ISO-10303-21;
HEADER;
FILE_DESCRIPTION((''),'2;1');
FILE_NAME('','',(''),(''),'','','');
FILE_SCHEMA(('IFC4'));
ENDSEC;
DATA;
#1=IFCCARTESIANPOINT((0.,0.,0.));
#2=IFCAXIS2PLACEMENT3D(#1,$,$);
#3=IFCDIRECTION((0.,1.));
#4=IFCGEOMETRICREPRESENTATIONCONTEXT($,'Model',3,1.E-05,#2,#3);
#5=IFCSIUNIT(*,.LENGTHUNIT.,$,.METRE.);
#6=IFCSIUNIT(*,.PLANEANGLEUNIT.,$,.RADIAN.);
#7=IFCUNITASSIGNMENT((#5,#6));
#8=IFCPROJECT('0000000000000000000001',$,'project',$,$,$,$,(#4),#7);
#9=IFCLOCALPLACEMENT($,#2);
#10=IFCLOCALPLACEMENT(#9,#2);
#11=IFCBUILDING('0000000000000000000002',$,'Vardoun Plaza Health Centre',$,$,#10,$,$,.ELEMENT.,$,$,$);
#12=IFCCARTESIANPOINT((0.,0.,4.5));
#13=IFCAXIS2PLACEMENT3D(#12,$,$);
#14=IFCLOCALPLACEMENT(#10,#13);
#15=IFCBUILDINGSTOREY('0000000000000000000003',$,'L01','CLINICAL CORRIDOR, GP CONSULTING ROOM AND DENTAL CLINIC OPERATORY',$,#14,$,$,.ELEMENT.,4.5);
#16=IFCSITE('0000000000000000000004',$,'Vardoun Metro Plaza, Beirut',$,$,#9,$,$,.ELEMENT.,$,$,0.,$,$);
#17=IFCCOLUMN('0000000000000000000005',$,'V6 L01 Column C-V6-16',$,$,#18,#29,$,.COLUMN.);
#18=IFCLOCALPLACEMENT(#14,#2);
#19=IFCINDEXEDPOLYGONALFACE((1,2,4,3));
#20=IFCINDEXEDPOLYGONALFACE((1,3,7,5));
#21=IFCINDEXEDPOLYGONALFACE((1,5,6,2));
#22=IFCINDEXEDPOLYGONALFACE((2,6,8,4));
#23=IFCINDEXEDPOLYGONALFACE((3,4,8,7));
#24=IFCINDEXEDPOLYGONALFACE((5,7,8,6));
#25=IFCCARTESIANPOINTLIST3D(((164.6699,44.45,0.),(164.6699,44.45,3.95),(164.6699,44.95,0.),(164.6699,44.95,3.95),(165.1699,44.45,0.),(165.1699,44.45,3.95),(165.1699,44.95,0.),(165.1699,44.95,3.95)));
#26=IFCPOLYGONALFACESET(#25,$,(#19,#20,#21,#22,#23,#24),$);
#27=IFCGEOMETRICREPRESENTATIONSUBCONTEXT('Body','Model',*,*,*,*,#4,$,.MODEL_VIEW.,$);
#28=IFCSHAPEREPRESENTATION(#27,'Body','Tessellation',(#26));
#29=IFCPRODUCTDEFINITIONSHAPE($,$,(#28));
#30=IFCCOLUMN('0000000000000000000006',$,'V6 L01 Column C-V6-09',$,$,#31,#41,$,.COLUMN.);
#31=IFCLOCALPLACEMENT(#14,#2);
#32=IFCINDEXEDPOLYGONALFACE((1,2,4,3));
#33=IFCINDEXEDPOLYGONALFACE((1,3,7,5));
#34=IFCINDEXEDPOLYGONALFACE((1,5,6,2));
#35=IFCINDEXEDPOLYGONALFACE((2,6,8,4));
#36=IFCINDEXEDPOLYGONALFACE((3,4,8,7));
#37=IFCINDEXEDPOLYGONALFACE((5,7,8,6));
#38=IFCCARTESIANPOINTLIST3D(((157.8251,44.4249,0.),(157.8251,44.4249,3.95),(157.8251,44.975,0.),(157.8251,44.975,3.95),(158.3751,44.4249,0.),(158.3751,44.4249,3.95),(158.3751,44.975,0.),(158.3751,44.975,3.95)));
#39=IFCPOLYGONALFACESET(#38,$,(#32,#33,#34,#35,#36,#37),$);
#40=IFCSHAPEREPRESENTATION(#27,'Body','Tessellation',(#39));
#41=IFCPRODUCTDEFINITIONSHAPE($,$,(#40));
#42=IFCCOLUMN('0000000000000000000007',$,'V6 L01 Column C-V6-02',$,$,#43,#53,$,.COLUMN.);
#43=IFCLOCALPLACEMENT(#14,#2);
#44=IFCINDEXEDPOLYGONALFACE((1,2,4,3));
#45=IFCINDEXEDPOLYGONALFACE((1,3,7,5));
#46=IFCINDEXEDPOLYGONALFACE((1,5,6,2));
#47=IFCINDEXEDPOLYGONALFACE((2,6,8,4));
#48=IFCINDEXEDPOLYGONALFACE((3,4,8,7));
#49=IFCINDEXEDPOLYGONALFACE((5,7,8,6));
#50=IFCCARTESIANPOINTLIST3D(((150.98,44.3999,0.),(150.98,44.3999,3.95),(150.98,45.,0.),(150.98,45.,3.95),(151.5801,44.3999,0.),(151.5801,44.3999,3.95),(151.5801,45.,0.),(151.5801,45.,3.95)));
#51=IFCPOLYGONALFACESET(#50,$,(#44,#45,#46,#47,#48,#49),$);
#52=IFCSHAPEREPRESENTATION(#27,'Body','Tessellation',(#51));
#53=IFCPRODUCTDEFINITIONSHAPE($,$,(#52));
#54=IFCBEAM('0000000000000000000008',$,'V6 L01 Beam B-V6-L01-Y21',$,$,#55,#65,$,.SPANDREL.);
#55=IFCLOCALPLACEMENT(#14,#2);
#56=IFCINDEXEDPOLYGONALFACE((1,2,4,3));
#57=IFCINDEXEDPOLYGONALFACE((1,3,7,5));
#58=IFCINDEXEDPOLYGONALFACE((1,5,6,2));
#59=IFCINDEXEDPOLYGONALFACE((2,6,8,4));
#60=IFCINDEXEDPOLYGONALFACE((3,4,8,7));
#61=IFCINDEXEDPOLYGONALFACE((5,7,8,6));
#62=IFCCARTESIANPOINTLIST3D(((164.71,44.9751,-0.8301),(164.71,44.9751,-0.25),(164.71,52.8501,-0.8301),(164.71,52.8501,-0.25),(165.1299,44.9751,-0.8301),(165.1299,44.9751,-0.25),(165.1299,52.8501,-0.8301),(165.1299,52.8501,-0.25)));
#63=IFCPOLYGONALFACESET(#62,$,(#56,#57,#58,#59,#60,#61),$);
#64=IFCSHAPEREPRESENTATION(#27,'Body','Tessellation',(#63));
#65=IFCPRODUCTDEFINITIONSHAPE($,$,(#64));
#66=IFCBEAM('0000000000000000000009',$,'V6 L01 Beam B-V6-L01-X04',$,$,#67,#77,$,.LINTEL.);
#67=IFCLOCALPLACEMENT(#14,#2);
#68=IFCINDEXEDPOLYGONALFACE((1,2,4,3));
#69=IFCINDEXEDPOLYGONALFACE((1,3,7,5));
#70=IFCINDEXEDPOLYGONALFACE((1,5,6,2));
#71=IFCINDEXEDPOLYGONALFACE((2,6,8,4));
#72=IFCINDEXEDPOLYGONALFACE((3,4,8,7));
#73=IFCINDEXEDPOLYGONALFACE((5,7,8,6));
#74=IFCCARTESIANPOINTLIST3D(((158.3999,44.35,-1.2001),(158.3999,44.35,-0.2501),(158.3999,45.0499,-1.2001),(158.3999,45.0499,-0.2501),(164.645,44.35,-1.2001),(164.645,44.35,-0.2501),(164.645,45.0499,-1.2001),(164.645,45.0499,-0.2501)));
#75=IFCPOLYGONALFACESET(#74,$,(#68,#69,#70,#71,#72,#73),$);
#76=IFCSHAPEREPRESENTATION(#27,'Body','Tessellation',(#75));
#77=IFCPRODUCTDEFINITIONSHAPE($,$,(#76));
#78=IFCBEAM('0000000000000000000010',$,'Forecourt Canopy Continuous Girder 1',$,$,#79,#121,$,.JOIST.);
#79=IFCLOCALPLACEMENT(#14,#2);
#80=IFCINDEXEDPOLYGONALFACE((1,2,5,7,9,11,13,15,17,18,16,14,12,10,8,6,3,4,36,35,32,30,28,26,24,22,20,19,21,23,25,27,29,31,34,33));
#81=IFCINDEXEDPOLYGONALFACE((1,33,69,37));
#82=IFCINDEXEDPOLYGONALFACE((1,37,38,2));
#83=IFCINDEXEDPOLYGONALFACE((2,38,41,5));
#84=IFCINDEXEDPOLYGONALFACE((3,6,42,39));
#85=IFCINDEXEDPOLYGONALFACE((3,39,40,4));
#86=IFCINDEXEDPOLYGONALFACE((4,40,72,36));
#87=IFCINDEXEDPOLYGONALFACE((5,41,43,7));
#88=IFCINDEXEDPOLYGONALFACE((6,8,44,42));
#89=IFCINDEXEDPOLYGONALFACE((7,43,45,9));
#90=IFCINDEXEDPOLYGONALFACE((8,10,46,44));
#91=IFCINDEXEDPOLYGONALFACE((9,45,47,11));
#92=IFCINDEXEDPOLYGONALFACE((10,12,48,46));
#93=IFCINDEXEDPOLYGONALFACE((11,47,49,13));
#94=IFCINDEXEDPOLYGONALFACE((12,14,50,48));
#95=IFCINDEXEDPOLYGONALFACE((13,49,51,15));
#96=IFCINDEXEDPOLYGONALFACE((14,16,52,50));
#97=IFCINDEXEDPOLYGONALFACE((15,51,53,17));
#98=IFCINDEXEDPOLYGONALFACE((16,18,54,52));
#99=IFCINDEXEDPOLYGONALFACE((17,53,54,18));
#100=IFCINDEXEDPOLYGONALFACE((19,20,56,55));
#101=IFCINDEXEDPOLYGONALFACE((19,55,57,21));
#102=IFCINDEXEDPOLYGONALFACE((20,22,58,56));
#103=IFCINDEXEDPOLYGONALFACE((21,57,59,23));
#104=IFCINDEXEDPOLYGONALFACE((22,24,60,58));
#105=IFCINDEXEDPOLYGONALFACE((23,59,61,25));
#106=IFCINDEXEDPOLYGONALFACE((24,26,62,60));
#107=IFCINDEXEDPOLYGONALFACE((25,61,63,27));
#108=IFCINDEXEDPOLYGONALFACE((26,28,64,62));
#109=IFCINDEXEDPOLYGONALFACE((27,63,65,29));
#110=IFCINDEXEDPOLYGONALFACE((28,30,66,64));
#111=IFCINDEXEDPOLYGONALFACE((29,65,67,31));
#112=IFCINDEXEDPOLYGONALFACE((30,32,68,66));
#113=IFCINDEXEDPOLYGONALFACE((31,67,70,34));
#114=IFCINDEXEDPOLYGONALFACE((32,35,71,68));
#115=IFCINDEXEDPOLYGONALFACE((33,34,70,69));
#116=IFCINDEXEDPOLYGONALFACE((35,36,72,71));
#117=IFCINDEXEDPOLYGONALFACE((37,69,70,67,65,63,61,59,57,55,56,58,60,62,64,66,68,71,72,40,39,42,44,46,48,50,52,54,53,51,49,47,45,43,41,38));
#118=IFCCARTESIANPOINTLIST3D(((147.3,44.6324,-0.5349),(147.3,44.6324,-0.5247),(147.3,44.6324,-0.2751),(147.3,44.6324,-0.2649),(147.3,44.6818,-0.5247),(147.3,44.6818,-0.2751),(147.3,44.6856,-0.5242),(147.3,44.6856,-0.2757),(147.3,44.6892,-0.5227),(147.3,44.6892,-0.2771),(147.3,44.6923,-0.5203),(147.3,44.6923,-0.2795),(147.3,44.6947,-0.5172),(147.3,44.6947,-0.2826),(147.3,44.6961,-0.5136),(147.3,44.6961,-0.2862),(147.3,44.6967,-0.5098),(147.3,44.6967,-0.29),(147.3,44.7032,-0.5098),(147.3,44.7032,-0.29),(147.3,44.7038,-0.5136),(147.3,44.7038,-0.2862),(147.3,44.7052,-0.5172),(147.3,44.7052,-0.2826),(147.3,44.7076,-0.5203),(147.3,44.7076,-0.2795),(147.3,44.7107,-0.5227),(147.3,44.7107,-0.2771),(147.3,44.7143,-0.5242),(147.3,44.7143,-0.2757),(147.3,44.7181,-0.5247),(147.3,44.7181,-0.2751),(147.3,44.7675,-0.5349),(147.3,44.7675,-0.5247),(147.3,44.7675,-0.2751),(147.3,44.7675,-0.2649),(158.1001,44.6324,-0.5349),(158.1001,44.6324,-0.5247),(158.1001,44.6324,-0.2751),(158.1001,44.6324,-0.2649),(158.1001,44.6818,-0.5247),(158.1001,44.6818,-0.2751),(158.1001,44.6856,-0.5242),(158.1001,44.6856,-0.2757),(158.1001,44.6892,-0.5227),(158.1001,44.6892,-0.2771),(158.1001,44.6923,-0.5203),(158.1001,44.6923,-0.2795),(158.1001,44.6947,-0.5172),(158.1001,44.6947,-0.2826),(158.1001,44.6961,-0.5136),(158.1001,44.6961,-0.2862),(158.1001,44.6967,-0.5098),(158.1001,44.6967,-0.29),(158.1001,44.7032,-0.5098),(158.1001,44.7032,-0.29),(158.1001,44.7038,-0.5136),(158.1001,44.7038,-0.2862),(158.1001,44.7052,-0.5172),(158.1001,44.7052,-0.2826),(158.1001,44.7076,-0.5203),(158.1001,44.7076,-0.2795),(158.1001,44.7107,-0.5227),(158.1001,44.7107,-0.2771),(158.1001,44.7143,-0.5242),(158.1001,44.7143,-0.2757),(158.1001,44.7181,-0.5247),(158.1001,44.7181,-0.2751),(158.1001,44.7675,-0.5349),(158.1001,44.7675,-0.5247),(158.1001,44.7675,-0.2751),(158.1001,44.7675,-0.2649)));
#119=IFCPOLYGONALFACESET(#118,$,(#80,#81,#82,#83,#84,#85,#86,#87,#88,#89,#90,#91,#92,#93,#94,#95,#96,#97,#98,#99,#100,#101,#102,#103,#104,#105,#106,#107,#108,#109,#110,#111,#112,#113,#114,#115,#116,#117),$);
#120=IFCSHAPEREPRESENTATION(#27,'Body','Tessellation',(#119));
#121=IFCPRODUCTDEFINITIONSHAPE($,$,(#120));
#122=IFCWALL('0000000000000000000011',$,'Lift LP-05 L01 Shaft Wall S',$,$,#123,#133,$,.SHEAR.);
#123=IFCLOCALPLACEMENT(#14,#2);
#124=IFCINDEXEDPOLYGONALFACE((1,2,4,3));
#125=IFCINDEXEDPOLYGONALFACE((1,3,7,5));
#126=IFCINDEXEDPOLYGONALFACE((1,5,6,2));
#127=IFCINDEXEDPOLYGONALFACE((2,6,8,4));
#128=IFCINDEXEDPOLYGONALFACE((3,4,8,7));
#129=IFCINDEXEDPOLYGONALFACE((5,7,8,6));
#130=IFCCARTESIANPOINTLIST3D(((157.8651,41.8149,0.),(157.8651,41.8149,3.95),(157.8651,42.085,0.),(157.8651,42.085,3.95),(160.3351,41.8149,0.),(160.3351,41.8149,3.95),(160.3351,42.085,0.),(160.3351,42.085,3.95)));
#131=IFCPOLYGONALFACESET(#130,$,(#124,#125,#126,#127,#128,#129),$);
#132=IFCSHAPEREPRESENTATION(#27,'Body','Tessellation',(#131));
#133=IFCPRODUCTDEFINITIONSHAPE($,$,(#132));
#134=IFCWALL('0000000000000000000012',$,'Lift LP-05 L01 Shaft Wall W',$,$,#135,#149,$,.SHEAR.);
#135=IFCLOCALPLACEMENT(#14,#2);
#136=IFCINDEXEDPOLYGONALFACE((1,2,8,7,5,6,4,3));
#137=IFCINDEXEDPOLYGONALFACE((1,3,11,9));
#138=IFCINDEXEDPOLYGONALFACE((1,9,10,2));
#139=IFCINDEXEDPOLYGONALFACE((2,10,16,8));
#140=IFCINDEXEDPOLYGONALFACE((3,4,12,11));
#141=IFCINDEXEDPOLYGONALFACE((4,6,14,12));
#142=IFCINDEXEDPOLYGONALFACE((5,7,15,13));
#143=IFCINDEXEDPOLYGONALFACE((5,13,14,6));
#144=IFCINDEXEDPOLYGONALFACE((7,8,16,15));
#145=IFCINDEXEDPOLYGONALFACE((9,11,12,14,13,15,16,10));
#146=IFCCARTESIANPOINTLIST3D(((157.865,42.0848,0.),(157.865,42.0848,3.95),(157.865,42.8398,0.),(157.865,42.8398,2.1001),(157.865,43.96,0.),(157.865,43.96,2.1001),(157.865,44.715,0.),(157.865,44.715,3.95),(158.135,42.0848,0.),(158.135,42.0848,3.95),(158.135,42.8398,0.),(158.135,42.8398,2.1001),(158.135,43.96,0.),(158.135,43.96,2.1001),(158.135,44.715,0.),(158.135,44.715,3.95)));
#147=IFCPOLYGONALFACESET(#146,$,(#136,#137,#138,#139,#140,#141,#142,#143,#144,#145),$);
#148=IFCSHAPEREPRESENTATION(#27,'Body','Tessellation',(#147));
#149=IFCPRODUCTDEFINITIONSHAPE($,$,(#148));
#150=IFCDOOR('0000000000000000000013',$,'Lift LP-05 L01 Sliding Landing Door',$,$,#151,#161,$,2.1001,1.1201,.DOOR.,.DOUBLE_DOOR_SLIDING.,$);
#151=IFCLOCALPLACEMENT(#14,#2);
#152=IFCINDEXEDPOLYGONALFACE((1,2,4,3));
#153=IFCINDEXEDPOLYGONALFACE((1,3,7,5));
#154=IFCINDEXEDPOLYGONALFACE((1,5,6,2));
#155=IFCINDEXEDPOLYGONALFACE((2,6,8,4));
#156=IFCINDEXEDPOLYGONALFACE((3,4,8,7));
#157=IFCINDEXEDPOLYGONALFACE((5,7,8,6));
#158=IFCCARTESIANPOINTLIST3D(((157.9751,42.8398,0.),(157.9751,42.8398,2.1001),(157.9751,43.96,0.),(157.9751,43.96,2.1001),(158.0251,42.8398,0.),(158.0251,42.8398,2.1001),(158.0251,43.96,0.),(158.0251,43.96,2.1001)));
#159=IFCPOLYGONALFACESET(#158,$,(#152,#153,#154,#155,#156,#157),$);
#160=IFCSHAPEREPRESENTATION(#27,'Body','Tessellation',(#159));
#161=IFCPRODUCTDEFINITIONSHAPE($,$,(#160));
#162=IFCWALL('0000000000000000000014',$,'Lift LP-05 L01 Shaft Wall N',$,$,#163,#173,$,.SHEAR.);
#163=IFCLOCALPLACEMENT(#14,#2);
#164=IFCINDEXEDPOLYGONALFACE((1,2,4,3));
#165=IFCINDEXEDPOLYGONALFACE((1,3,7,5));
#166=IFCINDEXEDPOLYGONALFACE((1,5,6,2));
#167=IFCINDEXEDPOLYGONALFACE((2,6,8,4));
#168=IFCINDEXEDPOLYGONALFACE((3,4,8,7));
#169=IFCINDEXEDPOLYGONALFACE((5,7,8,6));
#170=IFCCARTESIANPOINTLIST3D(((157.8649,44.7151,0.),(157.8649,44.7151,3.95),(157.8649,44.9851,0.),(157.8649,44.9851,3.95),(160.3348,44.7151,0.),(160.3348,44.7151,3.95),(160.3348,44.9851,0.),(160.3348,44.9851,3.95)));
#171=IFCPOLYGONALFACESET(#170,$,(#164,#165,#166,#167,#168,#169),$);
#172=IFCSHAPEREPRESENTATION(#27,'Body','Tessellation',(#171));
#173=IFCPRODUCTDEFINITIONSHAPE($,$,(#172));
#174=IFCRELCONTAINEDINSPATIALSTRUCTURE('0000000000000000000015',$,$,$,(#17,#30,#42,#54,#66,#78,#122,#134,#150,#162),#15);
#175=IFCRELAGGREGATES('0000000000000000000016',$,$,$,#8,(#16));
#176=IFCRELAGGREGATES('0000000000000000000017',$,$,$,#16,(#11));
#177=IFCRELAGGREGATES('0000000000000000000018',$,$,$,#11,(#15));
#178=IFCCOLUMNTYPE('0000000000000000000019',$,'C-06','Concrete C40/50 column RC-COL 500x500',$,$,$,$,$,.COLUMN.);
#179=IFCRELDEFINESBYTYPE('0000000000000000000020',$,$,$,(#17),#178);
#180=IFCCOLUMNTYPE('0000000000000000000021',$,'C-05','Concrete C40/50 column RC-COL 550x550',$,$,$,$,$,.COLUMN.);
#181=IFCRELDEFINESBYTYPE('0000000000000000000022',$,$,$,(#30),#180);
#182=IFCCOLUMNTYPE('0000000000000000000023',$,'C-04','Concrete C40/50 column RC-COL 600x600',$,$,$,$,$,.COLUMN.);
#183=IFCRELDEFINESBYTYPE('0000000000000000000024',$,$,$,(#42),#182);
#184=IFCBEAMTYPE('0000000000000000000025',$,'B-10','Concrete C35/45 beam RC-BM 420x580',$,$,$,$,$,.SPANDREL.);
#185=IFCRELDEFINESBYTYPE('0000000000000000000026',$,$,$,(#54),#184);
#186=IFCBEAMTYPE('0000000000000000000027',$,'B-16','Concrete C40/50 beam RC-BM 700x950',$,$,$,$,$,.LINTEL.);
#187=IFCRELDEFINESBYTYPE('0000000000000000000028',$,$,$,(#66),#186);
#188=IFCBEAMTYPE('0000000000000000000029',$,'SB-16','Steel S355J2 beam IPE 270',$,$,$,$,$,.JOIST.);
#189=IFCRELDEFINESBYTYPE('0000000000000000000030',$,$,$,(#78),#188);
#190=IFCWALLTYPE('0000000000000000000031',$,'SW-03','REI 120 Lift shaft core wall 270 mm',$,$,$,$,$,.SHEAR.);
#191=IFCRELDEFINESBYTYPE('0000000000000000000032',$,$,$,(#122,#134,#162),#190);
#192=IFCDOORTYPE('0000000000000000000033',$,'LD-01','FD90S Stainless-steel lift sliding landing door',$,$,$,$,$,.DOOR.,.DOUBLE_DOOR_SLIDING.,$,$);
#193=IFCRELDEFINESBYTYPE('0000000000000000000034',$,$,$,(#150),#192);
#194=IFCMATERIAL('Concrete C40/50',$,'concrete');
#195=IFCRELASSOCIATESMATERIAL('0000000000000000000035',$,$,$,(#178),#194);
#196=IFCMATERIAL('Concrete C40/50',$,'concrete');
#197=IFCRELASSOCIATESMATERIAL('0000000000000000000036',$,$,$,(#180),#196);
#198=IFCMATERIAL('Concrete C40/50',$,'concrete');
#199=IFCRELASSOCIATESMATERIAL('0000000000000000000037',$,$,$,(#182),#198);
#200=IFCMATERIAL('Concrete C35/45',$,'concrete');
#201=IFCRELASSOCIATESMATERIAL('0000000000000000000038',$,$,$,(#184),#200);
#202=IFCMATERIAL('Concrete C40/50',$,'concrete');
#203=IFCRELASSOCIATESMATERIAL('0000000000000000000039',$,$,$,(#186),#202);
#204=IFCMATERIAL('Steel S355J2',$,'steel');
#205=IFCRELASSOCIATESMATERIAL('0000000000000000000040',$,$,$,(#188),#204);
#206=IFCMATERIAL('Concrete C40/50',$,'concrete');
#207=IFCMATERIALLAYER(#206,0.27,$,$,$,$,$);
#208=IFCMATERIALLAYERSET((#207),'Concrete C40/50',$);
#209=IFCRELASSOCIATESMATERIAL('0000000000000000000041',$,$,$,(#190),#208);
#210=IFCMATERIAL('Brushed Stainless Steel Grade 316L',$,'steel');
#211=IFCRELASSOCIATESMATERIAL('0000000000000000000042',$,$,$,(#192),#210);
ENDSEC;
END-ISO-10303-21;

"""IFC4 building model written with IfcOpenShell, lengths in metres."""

from ifc_helpers import new_model, si_unit, direction, frame, frame_2d, origin, origin_2d, place, context, subcontext, project, spatial, rectangle, i_section, extrude, material, layer, layer_set, material_profile, profile_set, type_object, element, fill, save


model = new_model("IFC4")

# Units and contexts
model_context = context("Model", 3, precision=1e-05, world=origin(), true_north=direction((0.0, 1.0)))
body_context = subcontext(model_context, "Body", "Model", "MODEL_VIEW")
ifc_project = project(units=[si_unit("LENGTHUNIT", "METRE"), si_unit("PLANEANGLEUNIT", "RADIAN")], contexts=[model_context])

# Site, building, storey
site_placement = place(None, origin())
site = spatial("IfcSite", under=ifc_project, at=site_placement, Name="Vardoun Metro Plaza, Beirut", CompositionType="ELEMENT", RefElevation=0.0)
building_placement = place(site_placement, origin())
building = spatial("IfcBuilding", under=site, at=building_placement, Name="Vardoun Plaza Health Centre", CompositionType="ELEMENT")
storey_placement = place(building_placement, frame((0.0, 0.0, 4.5)))
storey = spatial("IfcBuildingStorey", under=building, at=storey_placement, Name="L01", Description="CLINICAL CORRIDOR, GP CONSULTING ROOM AND DENTAL CLINIC OPERATORY", CompositionType="ELEMENT", Elevation=4.5)

# Columns
ifc_material_1 = material(Name="Concrete C40/50", Category="concrete")
ifc_material_profile_1 = material_profile(ifc_material_1, rectangle(XDim=0.5, YDim=0.5, at=origin_2d()), Name="RC-COL 500x500")
ifc_profile_set_1 = profile_set([ifc_material_profile_1], Name="Concrete C40/50")
column_type_1 = type_object("IfcColumnType", Name="C-06", Description="Concrete C40/50 column RC-COL 500x500", PredefinedType="COLUMN", material=ifc_profile_set_1)
column_1_placement = place(storey_placement, frame((164.9199, 44.7, 0.0), z_axis=(0.0, 0.0, 1.0), x_axis=(1.0, 0.0, 0.0)))
element("IfcColumn", 1, at=column_1_placement, inside=storey, type_object=column_type_1, Name="V6 L01 Column C-V6-16", PredefinedType="COLUMN", context=body_context, shape_type="SweptSolid", body=[
    extrude(rectangle(XDim=0.5, YDim=0.5, at=origin_2d()), origin(), (0.0, 0.0, 1.0), 3.95),
])
ifc_material_2 = material(Name="Concrete C40/50", Category="concrete")
ifc_material_profile_2 = material_profile(ifc_material_2, rectangle(XDim=0.55, YDim=0.55, at=origin_2d()), Name="RC-COL 550x550")
ifc_profile_set_2 = profile_set([ifc_material_profile_2], Name="Concrete C40/50")
column_type_2 = type_object("IfcColumnType", Name="C-05", Description="Concrete C40/50 column RC-COL 550x550", PredefinedType="COLUMN", material=ifc_profile_set_2)
column_2_placement = place(storey_placement, frame((158.1001, 44.7, 0.0), z_axis=(0.0, 0.0, 1.0), x_axis=(1.0, 0.0, 0.0)))
element("IfcColumn", 2, at=column_2_placement, inside=storey, type_object=column_type_2, Name="V6 L01 Column C-V6-09", PredefinedType="COLUMN", context=body_context, shape_type="SweptSolid", body=[
    extrude(rectangle(XDim=0.55, YDim=0.55, at=origin_2d()), origin(), (0.0, 0.0, 1.0), 3.95),
])
ifc_material_3 = material(Name="Concrete C40/50", Category="concrete")
ifc_material_profile_3 = material_profile(ifc_material_3, rectangle(XDim=0.6001, YDim=0.6001, at=origin_2d()), Name="RC-COL 600x600")
ifc_profile_set_3 = profile_set([ifc_material_profile_3], Name="Concrete C40/50")
column_type_3 = type_object("IfcColumnType", Name="C-04", Description="Concrete C40/50 column RC-COL 600x600", PredefinedType="COLUMN", material=ifc_profile_set_3)
column_3_placement = place(storey_placement, frame((151.28, 44.7, 0.0), z_axis=(0.0, 0.0, 1.0), x_axis=(1.0, 0.0, 0.0)))
element("IfcColumn", 3, at=column_3_placement, inside=storey, type_object=column_type_3, Name="V6 L01 Column C-V6-02", PredefinedType="COLUMN", context=body_context, shape_type="SweptSolid", body=[
    extrude(rectangle(XDim=0.6001, YDim=0.6001, at=origin_2d()), origin(), (0.0, 0.0, 1.0), 3.95),
])

# Beams
ifc_material_4 = material(Name="Concrete C35/45", Category="concrete")
ifc_material_profile_4 = material_profile(ifc_material_4, rectangle(XDim=0.4199, YDim=0.5801, at=origin_2d()), Name="RC-BM 420x580")
ifc_profile_set_4 = profile_set([ifc_material_profile_4], Name="Concrete C35/45")
beam_type_1 = type_object("IfcBeamType", Name="B-10", Description="Concrete C35/45 beam RC-BM 420x580", PredefinedType="SPANDREL", material=ifc_profile_set_4)
beam_1_placement = place(storey_placement, frame((164.9199, 44.9751, -0.54), z_axis=(0.0, 1.0, 0.0), x_axis=(-1.0, 0.0, 0.0)))
element("IfcBeam", 4, at=beam_1_placement, inside=storey, type_object=beam_type_1, Name="V6 L01 Beam B-V6-L01-Y21", PredefinedType="SPANDREL", context=body_context, shape_type="SweptSolid", body=[
    extrude(rectangle(XDim=0.4199, YDim=0.5801, at=origin_2d()), origin(), (0.0, 0.0, 1.0), 7.875),
])
ifc_material_5 = material(Name="Concrete C40/50", Category="concrete")
ifc_material_profile_5 = material_profile(ifc_material_5, rectangle(XDim=0.7, YDim=0.95, at=origin_2d()), Name="RC-BM 700x950")
ifc_profile_set_5 = profile_set([ifc_material_profile_5], Name="Concrete C40/50")
beam_type_2 = type_object("IfcBeamType", Name="B-16", Description="Concrete C40/50 beam RC-BM 700x950", PredefinedType="LINTEL", material=ifc_profile_set_5)
beam_2_placement = place(storey_placement, frame((158.3999, 44.7, -0.7251), z_axis=(1.0, 0.0, 0.0), x_axis=(0.0, 1.0, 0.0)))
element("IfcBeam", 5, at=beam_2_placement, inside=storey, type_object=beam_type_2, Name="V6 L01 Beam B-V6-L01-X04", PredefinedType="LINTEL", context=body_context, shape_type="SweptSolid", body=[
    extrude(rectangle(XDim=0.7, YDim=0.95, at=origin_2d()), origin(), (0.0, 0.0, 1.0), 6.2451),
])
ifc_material_6 = material(Name="Steel S355J2", Category="steel")
ifc_material_profile_6 = material_profile(ifc_material_6, i_section(OverallWidth=0.135, OverallDepth=0.27, WebThickness=0.0066, FlangeThickness=0.0103, FilletRadius=0.0149, at=origin_2d()), Name="IPE 270")
ifc_profile_set_6 = profile_set([ifc_material_profile_6], Name="Steel S355J2")
beam_type_3 = type_object("IfcBeamType", Name="SB-16", Description="Steel S355J2 beam IPE 270", PredefinedType="JOIST", material=ifc_profile_set_6)
beam_3_placement = place(storey_placement, frame((158.1001, 44.7, -0.3999), z_axis=(-1.0, 0.0, 0.0), x_axis=(0.0, -1.0, 0.0)))
element("IfcBeam", 6, at=beam_3_placement, inside=storey, type_object=beam_type_3, Name="Forecourt Canopy Continuous Girder 1", PredefinedType="JOIST", context=body_context, shape_type="SweptSolid", body=[
    extrude(i_section(OverallWidth=0.135, OverallDepth=0.27, WebThickness=0.0066, FlangeThickness=0.0103, FilletRadius=0.0149, at=origin_2d()), origin(), (0.0, 0.0, 1.0), 10.8),
])

# Wall
ifc_material_7 = material(Name="Concrete C40/50", Category="concrete")
ifc_layer_1 = layer(ifc_material_7, 0.27)
ifc_layer_set_1 = layer_set([ifc_layer_1], Name="Concrete C40/50")
wall_type_1 = type_object("IfcWallType", Name="SW-03", Description="REI 120 Lift shaft core wall 270 mm", PredefinedType="SHEAR", material=ifc_layer_set_1)
wall_1_placement = place(storey_placement, frame((160.335, 41.95, 0.0), z_axis=(0.0, 0.0, 1.0), x_axis=(-1.0, 0.0, 0.0)))
element("IfcWall", 7, at=wall_1_placement, inside=storey, type_object=wall_type_1, Name="Lift LP-05 L01 Shaft Wall S", PredefinedType="SHEAR", context=body_context, shape_type="SweptSolid", body=[
    extrude(rectangle(XDim=2.47, YDim=0.27, at=frame_2d((1.2349, 0.0))), origin(), (0.0, 0.0, 1.0), 3.95),
])

# Wall, opening, door
wall_2_placement = place(storey_placement, frame((158.0, 42.085, 0.0), z_axis=(0.0, 0.0, 1.0), x_axis=(0.0, 1.0, 0.0)))
wall_2 = element("IfcWall", 8, at=wall_2_placement, inside=storey, type_object=wall_type_1, Name="Lift LP-05 L01 Shaft Wall W", PredefinedType="SHEAR", context=body_context, shape_type="SweptSolid", body=[
    extrude(rectangle(XDim=2.6301, YDim=0.27, at=frame_2d((1.3149, 0.0))), origin(), (0.0, 0.0, 1.0), 3.95),
])
opening_1_placement = place(wall_2_placement, frame((0.7549, 0.0, 0.0)))
opening_1 = element("IfcOpeningElement", 9, at=opening_1_placement, cuts=wall_2, PredefinedType="OPENING", context=body_context, shape_type="SweptSolid", body=[
    extrude(rectangle(XDim=1.1201, YDim=2.1001, at=frame_2d((0.5601, 1.05))), frame((0.0, 0.135, 0.0), z_axis=(0.0, -1.0, 0.0), x_axis=(1.0, 0.0, 0.0)), (0.0, 0.0, 1.0), 0.27),
])
ifc_material_8 = material(Name="Brushed Stainless Steel Grade 316L", Category="steel")
door_type_1 = type_object("IfcDoorType", Name="LD-01", Description="FD90S Stainless-steel lift sliding landing door", OperationType="DOUBLE_DOOR_SLIDING", PredefinedType="DOOR", material=ifc_material_8)
door_1_placement = place(opening_1_placement, origin())
door_1 = element("IfcDoor", 10, at=door_1_placement, inside=storey, type_object=door_type_1, Name="Lift LP-05 L01 Sliding Landing Door", OperationType="DOUBLE_DOOR_SLIDING", OverallHeight=2.1001, OverallWidth=1.1201, PredefinedType="DOOR", context=body_context, shape_type="SweptSolid", body=[
    extrude(rectangle(XDim=1.1201, YDim=2.1001, at=frame_2d((0.5601, 1.05))), frame((0.0, 0.0249, 0.0), z_axis=(0.0, -1.0, 0.0), x_axis=(1.0, 0.0, 0.0)), (0.0, 0.0, 1.0), 0.05),
])
fill(opening_1, door_1)

# Wall
wall_3_placement = place(storey_placement, frame((157.865, 44.8501, 0.0), z_axis=(0.0, 0.0, 1.0), x_axis=(1.0, 0.0, 0.0)))
element("IfcWall", 11, at=wall_3_placement, inside=storey, type_object=wall_type_1, Name="Lift LP-05 L01 Shaft Wall N", PredefinedType="SHEAR", context=body_context, shape_type="SweptSolid", body=[
    extrude(rectangle(XDim=2.47, YDim=0.27, at=frame_2d((1.2349, 0.0))), origin(), (0.0, 0.0, 1.0), 3.95),
])

save(model, "model.ifc")
